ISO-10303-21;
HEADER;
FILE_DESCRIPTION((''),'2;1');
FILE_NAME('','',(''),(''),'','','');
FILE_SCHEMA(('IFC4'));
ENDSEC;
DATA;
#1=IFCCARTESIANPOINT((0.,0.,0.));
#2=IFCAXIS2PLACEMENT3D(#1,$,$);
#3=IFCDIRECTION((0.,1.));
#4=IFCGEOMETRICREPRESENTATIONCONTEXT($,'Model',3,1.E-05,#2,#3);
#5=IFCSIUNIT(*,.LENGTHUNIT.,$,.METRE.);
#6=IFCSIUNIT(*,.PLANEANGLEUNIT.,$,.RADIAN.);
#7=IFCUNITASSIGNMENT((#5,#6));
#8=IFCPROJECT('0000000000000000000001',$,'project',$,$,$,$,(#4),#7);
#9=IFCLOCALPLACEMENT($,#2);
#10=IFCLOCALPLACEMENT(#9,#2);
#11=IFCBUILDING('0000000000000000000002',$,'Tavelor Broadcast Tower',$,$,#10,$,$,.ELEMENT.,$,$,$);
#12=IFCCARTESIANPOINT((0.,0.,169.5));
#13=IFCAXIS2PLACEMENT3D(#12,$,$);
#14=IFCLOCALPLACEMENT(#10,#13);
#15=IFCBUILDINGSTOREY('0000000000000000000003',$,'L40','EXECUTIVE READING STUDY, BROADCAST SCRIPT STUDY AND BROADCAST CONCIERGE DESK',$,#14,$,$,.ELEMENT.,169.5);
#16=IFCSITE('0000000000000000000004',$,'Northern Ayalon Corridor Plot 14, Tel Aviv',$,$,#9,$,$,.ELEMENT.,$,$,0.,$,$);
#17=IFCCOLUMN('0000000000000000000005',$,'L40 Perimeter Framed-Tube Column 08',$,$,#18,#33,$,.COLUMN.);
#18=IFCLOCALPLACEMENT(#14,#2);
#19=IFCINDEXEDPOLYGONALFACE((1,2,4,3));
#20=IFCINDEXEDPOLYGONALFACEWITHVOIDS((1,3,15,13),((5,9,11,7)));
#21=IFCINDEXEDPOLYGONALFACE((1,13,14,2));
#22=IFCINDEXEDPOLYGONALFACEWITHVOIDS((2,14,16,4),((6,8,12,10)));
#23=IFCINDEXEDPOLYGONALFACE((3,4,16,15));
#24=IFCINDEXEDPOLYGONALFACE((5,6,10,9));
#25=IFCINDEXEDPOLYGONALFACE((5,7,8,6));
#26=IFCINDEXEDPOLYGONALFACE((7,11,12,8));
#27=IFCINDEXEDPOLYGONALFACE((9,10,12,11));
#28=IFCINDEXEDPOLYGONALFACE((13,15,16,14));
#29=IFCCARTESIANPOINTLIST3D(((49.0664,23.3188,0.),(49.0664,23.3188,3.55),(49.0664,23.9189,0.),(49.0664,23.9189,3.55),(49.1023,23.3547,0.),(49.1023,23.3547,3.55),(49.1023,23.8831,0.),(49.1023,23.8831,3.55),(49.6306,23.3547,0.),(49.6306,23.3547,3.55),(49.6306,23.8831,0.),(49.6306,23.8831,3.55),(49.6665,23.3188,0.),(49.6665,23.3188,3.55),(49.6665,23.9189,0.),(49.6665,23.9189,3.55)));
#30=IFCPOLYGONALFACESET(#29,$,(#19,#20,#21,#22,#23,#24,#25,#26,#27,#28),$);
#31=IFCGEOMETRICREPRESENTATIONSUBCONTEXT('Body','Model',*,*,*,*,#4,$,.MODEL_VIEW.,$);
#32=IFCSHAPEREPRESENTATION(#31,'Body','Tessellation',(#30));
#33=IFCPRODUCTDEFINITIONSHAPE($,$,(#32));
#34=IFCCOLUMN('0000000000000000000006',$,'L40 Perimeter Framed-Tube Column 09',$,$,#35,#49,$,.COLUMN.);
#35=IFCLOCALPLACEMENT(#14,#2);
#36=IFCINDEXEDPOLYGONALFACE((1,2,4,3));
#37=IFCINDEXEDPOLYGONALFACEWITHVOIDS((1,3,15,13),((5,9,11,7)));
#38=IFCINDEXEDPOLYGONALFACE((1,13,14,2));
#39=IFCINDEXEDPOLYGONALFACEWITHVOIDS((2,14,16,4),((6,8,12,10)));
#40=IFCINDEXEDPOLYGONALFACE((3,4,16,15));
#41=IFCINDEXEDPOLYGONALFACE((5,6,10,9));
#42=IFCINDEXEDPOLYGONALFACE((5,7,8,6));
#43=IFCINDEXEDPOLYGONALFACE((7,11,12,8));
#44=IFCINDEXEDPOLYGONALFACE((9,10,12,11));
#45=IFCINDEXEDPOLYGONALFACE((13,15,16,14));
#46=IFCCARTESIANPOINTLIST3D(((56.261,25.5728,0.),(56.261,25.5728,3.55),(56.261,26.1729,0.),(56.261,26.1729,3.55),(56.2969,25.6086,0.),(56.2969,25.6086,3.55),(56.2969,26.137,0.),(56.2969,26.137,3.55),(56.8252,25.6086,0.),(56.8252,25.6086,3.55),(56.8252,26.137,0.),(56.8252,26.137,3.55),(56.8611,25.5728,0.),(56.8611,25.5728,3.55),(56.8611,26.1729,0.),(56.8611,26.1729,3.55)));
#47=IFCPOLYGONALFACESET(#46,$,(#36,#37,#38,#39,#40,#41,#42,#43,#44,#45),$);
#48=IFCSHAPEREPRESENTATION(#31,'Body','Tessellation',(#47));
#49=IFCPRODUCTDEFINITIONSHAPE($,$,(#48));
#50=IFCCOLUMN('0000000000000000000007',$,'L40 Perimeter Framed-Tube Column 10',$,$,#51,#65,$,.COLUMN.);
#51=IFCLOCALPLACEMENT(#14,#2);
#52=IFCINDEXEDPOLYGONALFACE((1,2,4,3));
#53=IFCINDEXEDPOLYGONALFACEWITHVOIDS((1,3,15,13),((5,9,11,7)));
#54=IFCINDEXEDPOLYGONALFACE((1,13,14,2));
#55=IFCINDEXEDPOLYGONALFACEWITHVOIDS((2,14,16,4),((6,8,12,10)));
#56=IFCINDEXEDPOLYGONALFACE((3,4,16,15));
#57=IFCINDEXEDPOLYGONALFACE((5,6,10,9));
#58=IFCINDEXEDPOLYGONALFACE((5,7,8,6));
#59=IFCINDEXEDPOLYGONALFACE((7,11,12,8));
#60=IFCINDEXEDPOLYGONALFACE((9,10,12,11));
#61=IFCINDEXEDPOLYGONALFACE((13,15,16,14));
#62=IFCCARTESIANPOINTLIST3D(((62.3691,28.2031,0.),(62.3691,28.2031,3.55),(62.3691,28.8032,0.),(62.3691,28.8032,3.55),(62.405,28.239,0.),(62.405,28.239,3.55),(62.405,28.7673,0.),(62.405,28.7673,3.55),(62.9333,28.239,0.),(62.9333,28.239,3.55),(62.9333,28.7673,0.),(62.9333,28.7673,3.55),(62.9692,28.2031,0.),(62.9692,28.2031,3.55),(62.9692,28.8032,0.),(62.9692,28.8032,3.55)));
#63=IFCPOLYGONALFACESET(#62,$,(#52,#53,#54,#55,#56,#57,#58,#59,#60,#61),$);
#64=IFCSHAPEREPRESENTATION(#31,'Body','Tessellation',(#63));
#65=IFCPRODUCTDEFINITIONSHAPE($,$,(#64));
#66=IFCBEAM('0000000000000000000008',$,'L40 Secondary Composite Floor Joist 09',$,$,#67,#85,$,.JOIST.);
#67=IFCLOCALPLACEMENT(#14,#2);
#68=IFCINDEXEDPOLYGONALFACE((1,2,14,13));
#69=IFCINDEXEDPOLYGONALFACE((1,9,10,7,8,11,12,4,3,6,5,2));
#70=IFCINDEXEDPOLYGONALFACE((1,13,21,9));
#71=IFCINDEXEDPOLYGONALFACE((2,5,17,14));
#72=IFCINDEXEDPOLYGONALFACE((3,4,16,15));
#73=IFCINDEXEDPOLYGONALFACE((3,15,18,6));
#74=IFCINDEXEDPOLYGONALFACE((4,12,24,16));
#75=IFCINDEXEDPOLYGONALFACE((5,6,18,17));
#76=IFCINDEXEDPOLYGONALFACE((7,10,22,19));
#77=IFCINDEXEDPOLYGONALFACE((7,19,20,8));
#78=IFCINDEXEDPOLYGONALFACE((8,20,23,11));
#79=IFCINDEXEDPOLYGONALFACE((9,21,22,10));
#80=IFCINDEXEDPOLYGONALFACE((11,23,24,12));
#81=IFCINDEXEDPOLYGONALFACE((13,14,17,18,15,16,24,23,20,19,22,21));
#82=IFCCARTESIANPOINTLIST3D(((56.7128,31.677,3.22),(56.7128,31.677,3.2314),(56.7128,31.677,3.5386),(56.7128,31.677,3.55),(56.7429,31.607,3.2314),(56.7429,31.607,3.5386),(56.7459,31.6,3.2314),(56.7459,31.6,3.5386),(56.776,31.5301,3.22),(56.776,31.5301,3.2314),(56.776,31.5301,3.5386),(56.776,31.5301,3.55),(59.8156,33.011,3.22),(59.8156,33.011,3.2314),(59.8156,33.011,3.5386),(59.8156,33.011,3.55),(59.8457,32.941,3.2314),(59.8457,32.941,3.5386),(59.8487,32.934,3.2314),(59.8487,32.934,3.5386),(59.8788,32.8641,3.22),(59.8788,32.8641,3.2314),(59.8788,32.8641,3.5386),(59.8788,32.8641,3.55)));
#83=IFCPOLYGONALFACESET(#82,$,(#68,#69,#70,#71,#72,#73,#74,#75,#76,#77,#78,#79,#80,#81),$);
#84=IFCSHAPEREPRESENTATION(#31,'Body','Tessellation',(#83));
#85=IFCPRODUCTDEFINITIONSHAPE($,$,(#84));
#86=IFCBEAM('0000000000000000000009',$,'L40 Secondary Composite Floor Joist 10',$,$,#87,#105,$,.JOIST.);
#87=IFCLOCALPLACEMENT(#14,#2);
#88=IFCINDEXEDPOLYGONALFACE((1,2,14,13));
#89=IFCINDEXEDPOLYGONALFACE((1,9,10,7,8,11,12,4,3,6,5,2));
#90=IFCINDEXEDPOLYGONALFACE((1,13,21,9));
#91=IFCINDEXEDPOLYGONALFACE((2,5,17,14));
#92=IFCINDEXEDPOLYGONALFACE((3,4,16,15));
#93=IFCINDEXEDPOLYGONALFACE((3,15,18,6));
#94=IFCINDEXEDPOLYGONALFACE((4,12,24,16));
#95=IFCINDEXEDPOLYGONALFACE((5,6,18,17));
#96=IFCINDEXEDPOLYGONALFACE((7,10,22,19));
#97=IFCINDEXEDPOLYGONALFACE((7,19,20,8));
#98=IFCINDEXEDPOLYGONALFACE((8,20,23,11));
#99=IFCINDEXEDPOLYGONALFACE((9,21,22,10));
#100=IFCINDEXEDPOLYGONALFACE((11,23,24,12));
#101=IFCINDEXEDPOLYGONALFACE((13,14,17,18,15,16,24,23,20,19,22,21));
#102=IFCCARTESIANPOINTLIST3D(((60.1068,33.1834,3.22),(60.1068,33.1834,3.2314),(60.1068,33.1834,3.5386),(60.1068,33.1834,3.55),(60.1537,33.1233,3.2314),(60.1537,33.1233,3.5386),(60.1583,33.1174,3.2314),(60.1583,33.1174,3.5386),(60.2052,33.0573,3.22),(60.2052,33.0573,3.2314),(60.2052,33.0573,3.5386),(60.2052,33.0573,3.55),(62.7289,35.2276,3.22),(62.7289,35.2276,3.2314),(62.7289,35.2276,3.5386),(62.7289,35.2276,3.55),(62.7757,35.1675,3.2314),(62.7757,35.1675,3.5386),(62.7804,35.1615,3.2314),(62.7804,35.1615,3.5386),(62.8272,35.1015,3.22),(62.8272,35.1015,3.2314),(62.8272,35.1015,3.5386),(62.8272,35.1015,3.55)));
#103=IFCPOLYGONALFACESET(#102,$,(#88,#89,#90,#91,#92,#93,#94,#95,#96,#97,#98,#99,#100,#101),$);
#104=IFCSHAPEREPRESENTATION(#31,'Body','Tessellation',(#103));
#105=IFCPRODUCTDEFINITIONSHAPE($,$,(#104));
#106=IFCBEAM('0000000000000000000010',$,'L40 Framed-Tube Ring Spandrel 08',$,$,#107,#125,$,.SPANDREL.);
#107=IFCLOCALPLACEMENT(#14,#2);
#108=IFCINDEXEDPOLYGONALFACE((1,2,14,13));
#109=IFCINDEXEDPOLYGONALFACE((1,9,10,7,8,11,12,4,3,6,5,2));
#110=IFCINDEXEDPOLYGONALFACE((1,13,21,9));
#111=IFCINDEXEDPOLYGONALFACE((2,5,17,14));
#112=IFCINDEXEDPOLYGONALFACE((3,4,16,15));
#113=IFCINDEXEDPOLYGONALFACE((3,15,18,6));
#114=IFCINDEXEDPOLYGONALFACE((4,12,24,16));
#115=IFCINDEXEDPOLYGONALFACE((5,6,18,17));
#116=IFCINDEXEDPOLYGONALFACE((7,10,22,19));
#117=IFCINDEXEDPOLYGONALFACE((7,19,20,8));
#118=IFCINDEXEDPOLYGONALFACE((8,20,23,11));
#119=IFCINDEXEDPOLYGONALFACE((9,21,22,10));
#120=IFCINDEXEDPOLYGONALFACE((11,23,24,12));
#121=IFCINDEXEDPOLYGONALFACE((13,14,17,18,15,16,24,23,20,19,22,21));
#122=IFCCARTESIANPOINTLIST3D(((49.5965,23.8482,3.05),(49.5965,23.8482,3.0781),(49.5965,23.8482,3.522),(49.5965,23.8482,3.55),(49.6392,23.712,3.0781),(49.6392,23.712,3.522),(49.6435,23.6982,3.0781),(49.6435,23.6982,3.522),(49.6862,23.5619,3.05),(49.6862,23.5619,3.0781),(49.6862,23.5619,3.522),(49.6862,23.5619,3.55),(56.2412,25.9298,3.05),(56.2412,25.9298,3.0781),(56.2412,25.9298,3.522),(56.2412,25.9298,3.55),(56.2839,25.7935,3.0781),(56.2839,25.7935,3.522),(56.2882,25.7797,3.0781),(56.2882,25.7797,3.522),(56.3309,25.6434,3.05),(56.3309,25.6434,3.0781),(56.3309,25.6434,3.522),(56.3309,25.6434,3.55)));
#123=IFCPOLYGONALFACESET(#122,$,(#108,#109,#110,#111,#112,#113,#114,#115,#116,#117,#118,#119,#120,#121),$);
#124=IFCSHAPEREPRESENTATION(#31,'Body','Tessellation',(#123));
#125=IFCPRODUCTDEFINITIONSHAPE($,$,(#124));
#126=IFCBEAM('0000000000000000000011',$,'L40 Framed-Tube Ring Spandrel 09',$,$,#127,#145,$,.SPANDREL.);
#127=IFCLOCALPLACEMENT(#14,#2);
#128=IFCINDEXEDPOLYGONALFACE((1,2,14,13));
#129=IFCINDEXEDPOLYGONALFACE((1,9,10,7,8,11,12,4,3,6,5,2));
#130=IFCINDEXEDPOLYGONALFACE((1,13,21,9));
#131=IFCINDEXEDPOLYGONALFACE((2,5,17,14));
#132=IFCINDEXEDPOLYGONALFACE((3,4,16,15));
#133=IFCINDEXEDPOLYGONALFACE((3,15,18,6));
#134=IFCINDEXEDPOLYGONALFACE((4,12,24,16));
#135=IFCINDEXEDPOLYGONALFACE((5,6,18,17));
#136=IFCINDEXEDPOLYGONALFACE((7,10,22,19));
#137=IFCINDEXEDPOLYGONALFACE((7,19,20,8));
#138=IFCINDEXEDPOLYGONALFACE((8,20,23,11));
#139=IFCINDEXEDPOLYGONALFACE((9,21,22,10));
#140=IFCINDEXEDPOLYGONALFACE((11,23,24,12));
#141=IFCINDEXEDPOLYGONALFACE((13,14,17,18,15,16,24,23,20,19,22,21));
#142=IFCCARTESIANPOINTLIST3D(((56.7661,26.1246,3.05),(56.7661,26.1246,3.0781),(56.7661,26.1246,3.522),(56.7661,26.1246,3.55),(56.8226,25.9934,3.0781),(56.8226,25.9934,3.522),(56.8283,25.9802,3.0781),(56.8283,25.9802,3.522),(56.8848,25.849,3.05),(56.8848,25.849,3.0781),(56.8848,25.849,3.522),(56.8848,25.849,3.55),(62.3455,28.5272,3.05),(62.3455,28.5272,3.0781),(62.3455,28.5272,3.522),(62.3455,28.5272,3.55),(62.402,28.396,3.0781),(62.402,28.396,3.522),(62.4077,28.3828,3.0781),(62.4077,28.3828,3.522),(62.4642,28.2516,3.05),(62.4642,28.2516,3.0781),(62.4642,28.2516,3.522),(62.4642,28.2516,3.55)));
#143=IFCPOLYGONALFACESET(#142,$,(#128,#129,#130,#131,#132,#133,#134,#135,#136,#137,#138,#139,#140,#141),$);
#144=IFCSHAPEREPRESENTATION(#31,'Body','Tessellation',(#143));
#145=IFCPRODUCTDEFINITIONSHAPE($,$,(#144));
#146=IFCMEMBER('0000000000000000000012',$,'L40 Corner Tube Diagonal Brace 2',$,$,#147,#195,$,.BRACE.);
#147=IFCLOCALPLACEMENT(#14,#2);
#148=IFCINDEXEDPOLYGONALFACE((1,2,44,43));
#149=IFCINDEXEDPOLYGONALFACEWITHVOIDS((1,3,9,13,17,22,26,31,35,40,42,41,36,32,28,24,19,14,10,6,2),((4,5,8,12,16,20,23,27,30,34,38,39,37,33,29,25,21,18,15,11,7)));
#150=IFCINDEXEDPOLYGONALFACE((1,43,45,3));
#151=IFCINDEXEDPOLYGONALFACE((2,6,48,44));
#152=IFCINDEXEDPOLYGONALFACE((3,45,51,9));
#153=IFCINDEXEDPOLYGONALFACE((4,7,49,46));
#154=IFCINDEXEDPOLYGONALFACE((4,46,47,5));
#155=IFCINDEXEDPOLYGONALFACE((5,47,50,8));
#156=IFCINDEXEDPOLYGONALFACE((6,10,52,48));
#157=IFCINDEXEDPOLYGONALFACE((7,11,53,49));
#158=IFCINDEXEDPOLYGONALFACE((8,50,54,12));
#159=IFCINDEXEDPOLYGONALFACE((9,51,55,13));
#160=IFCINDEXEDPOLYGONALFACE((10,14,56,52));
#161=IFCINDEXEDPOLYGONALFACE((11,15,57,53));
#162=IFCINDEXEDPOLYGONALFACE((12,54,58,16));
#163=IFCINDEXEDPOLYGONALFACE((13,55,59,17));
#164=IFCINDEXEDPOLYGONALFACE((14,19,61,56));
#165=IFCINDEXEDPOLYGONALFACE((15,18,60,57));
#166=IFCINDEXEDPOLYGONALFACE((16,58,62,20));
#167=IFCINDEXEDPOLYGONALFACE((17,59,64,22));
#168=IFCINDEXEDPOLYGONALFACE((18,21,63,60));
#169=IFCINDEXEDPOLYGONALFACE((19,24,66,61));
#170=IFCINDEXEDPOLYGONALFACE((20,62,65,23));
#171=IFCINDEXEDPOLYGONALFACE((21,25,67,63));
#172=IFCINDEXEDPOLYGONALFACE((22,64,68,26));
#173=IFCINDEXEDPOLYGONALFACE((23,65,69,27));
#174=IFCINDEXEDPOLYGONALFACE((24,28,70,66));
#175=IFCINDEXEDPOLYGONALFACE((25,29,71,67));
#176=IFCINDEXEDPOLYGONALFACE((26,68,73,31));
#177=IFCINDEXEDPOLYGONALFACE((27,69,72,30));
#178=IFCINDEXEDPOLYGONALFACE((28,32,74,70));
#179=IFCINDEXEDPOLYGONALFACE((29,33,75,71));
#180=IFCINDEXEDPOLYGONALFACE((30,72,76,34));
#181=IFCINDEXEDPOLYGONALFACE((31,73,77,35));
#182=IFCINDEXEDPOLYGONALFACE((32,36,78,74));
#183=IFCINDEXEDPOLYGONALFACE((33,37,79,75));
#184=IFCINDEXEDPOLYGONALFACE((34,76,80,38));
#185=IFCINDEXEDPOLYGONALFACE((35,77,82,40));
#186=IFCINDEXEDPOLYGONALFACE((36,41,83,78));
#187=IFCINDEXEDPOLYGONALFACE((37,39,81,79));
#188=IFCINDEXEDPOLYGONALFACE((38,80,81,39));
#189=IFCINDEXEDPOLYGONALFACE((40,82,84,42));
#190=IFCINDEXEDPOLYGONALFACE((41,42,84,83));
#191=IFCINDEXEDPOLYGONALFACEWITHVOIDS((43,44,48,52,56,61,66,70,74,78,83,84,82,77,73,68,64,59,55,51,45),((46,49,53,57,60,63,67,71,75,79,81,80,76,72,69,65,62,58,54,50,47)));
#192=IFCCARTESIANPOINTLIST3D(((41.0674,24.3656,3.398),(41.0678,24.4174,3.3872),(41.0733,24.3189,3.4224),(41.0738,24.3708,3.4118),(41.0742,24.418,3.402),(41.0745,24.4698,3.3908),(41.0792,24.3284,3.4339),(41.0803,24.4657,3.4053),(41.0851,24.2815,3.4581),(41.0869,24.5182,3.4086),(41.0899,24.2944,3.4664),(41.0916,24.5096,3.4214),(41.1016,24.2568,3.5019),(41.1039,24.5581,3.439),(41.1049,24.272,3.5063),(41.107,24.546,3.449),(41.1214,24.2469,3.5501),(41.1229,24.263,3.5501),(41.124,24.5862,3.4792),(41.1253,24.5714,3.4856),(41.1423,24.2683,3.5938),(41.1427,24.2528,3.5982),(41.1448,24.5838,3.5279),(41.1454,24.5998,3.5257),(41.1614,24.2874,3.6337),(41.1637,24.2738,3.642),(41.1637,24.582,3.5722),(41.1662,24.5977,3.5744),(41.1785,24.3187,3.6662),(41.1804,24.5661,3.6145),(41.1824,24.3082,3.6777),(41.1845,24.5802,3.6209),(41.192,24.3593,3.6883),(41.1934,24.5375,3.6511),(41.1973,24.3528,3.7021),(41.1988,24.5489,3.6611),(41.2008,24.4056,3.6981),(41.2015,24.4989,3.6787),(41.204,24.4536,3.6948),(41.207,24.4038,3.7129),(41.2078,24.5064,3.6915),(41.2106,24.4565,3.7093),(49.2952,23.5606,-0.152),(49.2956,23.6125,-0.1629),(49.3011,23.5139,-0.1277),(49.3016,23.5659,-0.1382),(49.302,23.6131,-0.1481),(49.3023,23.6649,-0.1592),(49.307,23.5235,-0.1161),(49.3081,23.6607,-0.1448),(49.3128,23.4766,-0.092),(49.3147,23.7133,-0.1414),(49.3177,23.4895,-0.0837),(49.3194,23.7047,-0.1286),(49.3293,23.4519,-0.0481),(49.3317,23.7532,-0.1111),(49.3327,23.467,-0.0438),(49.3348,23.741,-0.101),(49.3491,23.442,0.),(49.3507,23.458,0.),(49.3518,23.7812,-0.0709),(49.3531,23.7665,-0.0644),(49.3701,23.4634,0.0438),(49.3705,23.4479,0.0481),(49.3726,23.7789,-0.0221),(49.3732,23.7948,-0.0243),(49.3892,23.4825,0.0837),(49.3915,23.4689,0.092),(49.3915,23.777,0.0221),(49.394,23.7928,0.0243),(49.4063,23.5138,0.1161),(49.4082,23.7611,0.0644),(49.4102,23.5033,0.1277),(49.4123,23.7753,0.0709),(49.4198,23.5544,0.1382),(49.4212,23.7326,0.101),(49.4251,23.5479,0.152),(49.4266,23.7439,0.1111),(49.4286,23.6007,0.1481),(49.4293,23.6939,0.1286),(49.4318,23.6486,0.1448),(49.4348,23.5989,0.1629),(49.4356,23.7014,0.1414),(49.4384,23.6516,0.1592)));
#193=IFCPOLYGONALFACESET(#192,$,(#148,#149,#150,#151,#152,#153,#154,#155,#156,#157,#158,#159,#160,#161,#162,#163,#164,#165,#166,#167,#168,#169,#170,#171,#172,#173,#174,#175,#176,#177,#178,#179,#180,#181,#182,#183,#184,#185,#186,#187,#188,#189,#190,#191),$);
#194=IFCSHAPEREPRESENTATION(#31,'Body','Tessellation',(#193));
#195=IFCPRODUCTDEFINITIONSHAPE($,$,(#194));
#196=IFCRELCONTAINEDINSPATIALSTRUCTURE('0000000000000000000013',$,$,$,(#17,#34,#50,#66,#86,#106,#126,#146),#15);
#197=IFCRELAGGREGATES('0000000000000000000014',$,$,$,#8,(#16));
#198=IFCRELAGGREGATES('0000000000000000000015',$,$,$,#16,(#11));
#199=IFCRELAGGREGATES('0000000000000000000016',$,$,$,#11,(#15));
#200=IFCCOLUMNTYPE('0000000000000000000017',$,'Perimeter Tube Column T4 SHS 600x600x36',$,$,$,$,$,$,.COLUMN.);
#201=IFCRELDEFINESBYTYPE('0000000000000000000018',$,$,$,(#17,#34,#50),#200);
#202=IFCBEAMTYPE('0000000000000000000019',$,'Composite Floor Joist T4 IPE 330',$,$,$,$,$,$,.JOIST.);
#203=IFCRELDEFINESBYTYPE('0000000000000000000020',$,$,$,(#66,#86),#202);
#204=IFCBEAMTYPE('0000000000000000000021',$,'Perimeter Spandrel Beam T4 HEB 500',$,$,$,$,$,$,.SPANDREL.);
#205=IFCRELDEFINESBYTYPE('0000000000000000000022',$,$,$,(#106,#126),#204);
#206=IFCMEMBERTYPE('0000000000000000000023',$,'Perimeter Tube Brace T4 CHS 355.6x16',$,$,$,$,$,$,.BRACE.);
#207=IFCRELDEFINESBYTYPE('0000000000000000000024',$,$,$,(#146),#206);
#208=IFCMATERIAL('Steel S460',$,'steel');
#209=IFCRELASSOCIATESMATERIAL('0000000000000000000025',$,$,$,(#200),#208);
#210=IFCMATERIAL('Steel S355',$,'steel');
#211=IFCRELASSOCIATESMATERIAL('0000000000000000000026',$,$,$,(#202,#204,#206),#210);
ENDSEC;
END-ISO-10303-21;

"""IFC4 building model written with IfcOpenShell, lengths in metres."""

from ifc_helpers import new_model, si_unit, direction, frame, origin, origin_2d, place, context, subcontext, project, spatial, hollow_rectangle, hollow_circle, i_section, extrude, material, material_profile, profile_set, type_object, element, save


model = new_model("IFC4")

# Units and contexts
model_context = context("Model", 3, precision=1e-05, world=origin(), true_north=direction((0.0, 1.0)))
body_context = subcontext(model_context, "Body", "Model", "MODEL_VIEW")
ifc_project = project(units=[si_unit("LENGTHUNIT", "METRE"), si_unit("PLANEANGLEUNIT", "RADIAN")], contexts=[model_context])

# Site, building, storey
site_placement = place(None, origin())
site = spatial("IfcSite", under=ifc_project, at=site_placement, Name="Northern Ayalon Corridor Plot 14, Tel Aviv", CompositionType="ELEMENT", RefElevation=0.0)
building_placement = place(site_placement, origin())
building = spatial("IfcBuilding", under=site, at=building_placement, Name="Tavelor Broadcast Tower", CompositionType="ELEMENT")
storey_placement = place(building_placement, frame((0.0, 0.0, 169.5)))
storey = spatial("IfcBuildingStorey", under=building, at=storey_placement, Name="L40", Description="EXECUTIVE READING STUDY, BROADCAST SCRIPT STUDY AND BROADCAST CONCIERGE DESK", CompositionType="ELEMENT", Elevation=169.5)

# Columns
ifc_material_1 = material(Name="Steel S460", Category="steel")
ifc_material_profile_1 = material_profile(ifc_material_1, hollow_rectangle(XDim=0.6001, YDim=0.6001, WallThickness=0.0359, at=origin_2d()), Name="SHS 600x600x36")
ifc_profile_set_1 = profile_set([ifc_material_profile_1], Name="Steel S460")
column_type = type_object("IfcColumnType", Name="Perimeter Tube Column T4 SHS 600x600x36", PredefinedType="COLUMN", material=ifc_profile_set_1)
for number, where, z_axis, x_axis, name in (
    (1, (49.3665, 23.6189, 0.0), (0.0, 0.0, 1.0), (1.0, 0.0, 0.0), "L40 Perimeter Framed-Tube Column 08"),
    (2, (56.561, 25.8728, 0.0), (0.0, 0.0, 1.0), (1.0, 0.0, 0.0), "L40 Perimeter Framed-Tube Column 09"),
    (3, (62.6692, 28.5032, 0.0), (0.0, 0.0, 1.0), (1.0, 0.0, 0.0), "L40 Perimeter Framed-Tube Column 10"),
):
    element("IfcColumn", number, at=place(storey_placement, frame(where, z_axis=z_axis, x_axis=x_axis)), inside=storey, type_object=column_type, Name=name, PredefinedType="COLUMN", context=body_context, shape_type="SweptSolid", body=[
        extrude(hollow_rectangle(XDim=0.6001, YDim=0.6001, WallThickness=0.0359, at=origin_2d()), origin(), (0.0, 0.0, 1.0), 3.55),
    ])

# Beams
ifc_material_2 = material(Name="Steel S355", Category="steel")
ifc_material_profile_2 = material_profile(ifc_material_2, i_section(OverallWidth=0.1599, OverallDepth=0.3301, WebThickness=0.0076, FlangeThickness=0.0115, at=origin_2d()), Name="IPE 330")
ifc_profile_set_2 = profile_set([ifc_material_profile_2], Name="Steel S355")
beam_type_1 = type_object("IfcBeamType", Name="Composite Floor Joist T4 IPE 330", PredefinedType="JOIST", material=ifc_profile_set_2)
beam_1_placement = place(storey_placement, frame((56.7444, 31.6035, 3.385), z_axis=(0.918692, 0.394975, 0.0), x_axis=(-0.394975, 0.918692, 0.0)))
element("IfcBeam", 4, at=beam_1_placement, inside=storey, type_object=beam_type_1, Name="L40 Secondary Composite Floor Joist 09", PredefinedType="JOIST", context=body_context, shape_type="SweptSolid", body=[
    extrude(i_section(OverallWidth=0.1599, OverallDepth=0.3301, WebThickness=0.0076, FlangeThickness=0.0115, at=origin_2d()), origin(), (0.0, 0.0, 1.0), 3.3774),
])
beam_2_placement = place(storey_placement, frame((60.156, 33.1204, 3.385), z_axis=(0.788652, 0.61484, 0.0), x_axis=(-0.61484, 0.788652, 0.0)))
element("IfcBeam", 5, at=beam_2_placement, inside=storey, type_object=beam_type_1, Name="L40 Secondary Composite Floor Joist 10", PredefinedType="JOIST", context=body_context, shape_type="SweptSolid", body=[
    extrude(i_section(OverallWidth=0.1599, OverallDepth=0.3301, WebThickness=0.0076, FlangeThickness=0.0115, at=origin_2d()), origin(), (0.0, 0.0, 1.0), 3.3247),
])
ifc_material_profile_3 = material_profile(ifc_material_2, i_section(OverallWidth=0.3, OverallDepth=0.5, WebThickness=0.0144, FlangeThickness=0.0281, at=origin_2d()), Name="HEB 500")
ifc_profile_set_3 = profile_set([ifc_material_profile_3], Name="Steel S355")
beam_type_2 = type_object("IfcBeamType", Name="Perimeter Spandrel Beam T4 HEB 500", PredefinedType="SPANDREL", material=ifc_profile_set_3)
beam_3_placement = place(storey_placement, frame((49.6414, 23.7051, 3.3), z_axis=(0.954273, 0.298936, 0.0), x_axis=(-0.298936, 0.954273, 0.0)))
element("IfcBeam", 6, at=beam_3_placement, inside=storey, type_object=beam_type_2, Name="L40 Framed-Tube Ring Spandrel 08", PredefinedType="SPANDREL", context=body_context, shape_type="SweptSolid", body=[
    extrude(i_section(OverallWidth=0.3, OverallDepth=0.5, WebThickness=0.0144, FlangeThickness=0.0281, at=origin_2d()), origin(), (0.0, 0.0, 1.0), 6.9631),
])
beam_4_placement = place(storey_placement, frame((56.8254, 25.9868, 3.3), z_axis=(0.918462, 0.39551, 0.0), x_axis=(-0.39551, 0.918462, 0.0)))
element("IfcBeam", 7, at=beam_4_placement, inside=storey, type_object=beam_type_2, Name="L40 Framed-Tube Ring Spandrel 09", PredefinedType="SPANDREL", context=body_context, shape_type="SweptSolid", body=[
    extrude(i_section(OverallWidth=0.3, OverallDepth=0.5, WebThickness=0.0144, FlangeThickness=0.0281, at=origin_2d()), origin(), (0.0, 0.0, 1.0), 6.0747),
])

# Member
ifc_material_profile_4 = material_profile(ifc_material_2, hollow_circle(Radius=0.1777, WallThickness=0.0161, at=origin_2d()), Name="CHS 355.6x16")
ifc_profile_set_4 = profile_set([ifc_material_profile_4], Name="Steel S355")
member_type_1 = type_object("IfcMemberType", Name="Perimeter Tube Brace T4 CHS 355.6x16", PredefinedType="BRACE", material=ifc_profile_set_4)
member_1_placement = place(storey_placement, frame((49.3665, 23.6189, 0.0), z_axis=(-0.914496, 0.089466, 0.394579), x_axis=(-0.097366, -0.995249, 0.0)))
element("IfcMember", 8, at=member_1_placement, inside=storey, type_object=member_type_1, Name="L40 Corner Tube Diagonal Brace 2", PredefinedType="BRACE", context=body_context, shape_type="SweptSolid", body=[
    extrude(hollow_circle(Radius=0.1777, WallThickness=0.0161, at=origin_2d()), origin(), (0.0, 0.0, 1.0), 8.9971),
])

save(model, "model.ifc")
